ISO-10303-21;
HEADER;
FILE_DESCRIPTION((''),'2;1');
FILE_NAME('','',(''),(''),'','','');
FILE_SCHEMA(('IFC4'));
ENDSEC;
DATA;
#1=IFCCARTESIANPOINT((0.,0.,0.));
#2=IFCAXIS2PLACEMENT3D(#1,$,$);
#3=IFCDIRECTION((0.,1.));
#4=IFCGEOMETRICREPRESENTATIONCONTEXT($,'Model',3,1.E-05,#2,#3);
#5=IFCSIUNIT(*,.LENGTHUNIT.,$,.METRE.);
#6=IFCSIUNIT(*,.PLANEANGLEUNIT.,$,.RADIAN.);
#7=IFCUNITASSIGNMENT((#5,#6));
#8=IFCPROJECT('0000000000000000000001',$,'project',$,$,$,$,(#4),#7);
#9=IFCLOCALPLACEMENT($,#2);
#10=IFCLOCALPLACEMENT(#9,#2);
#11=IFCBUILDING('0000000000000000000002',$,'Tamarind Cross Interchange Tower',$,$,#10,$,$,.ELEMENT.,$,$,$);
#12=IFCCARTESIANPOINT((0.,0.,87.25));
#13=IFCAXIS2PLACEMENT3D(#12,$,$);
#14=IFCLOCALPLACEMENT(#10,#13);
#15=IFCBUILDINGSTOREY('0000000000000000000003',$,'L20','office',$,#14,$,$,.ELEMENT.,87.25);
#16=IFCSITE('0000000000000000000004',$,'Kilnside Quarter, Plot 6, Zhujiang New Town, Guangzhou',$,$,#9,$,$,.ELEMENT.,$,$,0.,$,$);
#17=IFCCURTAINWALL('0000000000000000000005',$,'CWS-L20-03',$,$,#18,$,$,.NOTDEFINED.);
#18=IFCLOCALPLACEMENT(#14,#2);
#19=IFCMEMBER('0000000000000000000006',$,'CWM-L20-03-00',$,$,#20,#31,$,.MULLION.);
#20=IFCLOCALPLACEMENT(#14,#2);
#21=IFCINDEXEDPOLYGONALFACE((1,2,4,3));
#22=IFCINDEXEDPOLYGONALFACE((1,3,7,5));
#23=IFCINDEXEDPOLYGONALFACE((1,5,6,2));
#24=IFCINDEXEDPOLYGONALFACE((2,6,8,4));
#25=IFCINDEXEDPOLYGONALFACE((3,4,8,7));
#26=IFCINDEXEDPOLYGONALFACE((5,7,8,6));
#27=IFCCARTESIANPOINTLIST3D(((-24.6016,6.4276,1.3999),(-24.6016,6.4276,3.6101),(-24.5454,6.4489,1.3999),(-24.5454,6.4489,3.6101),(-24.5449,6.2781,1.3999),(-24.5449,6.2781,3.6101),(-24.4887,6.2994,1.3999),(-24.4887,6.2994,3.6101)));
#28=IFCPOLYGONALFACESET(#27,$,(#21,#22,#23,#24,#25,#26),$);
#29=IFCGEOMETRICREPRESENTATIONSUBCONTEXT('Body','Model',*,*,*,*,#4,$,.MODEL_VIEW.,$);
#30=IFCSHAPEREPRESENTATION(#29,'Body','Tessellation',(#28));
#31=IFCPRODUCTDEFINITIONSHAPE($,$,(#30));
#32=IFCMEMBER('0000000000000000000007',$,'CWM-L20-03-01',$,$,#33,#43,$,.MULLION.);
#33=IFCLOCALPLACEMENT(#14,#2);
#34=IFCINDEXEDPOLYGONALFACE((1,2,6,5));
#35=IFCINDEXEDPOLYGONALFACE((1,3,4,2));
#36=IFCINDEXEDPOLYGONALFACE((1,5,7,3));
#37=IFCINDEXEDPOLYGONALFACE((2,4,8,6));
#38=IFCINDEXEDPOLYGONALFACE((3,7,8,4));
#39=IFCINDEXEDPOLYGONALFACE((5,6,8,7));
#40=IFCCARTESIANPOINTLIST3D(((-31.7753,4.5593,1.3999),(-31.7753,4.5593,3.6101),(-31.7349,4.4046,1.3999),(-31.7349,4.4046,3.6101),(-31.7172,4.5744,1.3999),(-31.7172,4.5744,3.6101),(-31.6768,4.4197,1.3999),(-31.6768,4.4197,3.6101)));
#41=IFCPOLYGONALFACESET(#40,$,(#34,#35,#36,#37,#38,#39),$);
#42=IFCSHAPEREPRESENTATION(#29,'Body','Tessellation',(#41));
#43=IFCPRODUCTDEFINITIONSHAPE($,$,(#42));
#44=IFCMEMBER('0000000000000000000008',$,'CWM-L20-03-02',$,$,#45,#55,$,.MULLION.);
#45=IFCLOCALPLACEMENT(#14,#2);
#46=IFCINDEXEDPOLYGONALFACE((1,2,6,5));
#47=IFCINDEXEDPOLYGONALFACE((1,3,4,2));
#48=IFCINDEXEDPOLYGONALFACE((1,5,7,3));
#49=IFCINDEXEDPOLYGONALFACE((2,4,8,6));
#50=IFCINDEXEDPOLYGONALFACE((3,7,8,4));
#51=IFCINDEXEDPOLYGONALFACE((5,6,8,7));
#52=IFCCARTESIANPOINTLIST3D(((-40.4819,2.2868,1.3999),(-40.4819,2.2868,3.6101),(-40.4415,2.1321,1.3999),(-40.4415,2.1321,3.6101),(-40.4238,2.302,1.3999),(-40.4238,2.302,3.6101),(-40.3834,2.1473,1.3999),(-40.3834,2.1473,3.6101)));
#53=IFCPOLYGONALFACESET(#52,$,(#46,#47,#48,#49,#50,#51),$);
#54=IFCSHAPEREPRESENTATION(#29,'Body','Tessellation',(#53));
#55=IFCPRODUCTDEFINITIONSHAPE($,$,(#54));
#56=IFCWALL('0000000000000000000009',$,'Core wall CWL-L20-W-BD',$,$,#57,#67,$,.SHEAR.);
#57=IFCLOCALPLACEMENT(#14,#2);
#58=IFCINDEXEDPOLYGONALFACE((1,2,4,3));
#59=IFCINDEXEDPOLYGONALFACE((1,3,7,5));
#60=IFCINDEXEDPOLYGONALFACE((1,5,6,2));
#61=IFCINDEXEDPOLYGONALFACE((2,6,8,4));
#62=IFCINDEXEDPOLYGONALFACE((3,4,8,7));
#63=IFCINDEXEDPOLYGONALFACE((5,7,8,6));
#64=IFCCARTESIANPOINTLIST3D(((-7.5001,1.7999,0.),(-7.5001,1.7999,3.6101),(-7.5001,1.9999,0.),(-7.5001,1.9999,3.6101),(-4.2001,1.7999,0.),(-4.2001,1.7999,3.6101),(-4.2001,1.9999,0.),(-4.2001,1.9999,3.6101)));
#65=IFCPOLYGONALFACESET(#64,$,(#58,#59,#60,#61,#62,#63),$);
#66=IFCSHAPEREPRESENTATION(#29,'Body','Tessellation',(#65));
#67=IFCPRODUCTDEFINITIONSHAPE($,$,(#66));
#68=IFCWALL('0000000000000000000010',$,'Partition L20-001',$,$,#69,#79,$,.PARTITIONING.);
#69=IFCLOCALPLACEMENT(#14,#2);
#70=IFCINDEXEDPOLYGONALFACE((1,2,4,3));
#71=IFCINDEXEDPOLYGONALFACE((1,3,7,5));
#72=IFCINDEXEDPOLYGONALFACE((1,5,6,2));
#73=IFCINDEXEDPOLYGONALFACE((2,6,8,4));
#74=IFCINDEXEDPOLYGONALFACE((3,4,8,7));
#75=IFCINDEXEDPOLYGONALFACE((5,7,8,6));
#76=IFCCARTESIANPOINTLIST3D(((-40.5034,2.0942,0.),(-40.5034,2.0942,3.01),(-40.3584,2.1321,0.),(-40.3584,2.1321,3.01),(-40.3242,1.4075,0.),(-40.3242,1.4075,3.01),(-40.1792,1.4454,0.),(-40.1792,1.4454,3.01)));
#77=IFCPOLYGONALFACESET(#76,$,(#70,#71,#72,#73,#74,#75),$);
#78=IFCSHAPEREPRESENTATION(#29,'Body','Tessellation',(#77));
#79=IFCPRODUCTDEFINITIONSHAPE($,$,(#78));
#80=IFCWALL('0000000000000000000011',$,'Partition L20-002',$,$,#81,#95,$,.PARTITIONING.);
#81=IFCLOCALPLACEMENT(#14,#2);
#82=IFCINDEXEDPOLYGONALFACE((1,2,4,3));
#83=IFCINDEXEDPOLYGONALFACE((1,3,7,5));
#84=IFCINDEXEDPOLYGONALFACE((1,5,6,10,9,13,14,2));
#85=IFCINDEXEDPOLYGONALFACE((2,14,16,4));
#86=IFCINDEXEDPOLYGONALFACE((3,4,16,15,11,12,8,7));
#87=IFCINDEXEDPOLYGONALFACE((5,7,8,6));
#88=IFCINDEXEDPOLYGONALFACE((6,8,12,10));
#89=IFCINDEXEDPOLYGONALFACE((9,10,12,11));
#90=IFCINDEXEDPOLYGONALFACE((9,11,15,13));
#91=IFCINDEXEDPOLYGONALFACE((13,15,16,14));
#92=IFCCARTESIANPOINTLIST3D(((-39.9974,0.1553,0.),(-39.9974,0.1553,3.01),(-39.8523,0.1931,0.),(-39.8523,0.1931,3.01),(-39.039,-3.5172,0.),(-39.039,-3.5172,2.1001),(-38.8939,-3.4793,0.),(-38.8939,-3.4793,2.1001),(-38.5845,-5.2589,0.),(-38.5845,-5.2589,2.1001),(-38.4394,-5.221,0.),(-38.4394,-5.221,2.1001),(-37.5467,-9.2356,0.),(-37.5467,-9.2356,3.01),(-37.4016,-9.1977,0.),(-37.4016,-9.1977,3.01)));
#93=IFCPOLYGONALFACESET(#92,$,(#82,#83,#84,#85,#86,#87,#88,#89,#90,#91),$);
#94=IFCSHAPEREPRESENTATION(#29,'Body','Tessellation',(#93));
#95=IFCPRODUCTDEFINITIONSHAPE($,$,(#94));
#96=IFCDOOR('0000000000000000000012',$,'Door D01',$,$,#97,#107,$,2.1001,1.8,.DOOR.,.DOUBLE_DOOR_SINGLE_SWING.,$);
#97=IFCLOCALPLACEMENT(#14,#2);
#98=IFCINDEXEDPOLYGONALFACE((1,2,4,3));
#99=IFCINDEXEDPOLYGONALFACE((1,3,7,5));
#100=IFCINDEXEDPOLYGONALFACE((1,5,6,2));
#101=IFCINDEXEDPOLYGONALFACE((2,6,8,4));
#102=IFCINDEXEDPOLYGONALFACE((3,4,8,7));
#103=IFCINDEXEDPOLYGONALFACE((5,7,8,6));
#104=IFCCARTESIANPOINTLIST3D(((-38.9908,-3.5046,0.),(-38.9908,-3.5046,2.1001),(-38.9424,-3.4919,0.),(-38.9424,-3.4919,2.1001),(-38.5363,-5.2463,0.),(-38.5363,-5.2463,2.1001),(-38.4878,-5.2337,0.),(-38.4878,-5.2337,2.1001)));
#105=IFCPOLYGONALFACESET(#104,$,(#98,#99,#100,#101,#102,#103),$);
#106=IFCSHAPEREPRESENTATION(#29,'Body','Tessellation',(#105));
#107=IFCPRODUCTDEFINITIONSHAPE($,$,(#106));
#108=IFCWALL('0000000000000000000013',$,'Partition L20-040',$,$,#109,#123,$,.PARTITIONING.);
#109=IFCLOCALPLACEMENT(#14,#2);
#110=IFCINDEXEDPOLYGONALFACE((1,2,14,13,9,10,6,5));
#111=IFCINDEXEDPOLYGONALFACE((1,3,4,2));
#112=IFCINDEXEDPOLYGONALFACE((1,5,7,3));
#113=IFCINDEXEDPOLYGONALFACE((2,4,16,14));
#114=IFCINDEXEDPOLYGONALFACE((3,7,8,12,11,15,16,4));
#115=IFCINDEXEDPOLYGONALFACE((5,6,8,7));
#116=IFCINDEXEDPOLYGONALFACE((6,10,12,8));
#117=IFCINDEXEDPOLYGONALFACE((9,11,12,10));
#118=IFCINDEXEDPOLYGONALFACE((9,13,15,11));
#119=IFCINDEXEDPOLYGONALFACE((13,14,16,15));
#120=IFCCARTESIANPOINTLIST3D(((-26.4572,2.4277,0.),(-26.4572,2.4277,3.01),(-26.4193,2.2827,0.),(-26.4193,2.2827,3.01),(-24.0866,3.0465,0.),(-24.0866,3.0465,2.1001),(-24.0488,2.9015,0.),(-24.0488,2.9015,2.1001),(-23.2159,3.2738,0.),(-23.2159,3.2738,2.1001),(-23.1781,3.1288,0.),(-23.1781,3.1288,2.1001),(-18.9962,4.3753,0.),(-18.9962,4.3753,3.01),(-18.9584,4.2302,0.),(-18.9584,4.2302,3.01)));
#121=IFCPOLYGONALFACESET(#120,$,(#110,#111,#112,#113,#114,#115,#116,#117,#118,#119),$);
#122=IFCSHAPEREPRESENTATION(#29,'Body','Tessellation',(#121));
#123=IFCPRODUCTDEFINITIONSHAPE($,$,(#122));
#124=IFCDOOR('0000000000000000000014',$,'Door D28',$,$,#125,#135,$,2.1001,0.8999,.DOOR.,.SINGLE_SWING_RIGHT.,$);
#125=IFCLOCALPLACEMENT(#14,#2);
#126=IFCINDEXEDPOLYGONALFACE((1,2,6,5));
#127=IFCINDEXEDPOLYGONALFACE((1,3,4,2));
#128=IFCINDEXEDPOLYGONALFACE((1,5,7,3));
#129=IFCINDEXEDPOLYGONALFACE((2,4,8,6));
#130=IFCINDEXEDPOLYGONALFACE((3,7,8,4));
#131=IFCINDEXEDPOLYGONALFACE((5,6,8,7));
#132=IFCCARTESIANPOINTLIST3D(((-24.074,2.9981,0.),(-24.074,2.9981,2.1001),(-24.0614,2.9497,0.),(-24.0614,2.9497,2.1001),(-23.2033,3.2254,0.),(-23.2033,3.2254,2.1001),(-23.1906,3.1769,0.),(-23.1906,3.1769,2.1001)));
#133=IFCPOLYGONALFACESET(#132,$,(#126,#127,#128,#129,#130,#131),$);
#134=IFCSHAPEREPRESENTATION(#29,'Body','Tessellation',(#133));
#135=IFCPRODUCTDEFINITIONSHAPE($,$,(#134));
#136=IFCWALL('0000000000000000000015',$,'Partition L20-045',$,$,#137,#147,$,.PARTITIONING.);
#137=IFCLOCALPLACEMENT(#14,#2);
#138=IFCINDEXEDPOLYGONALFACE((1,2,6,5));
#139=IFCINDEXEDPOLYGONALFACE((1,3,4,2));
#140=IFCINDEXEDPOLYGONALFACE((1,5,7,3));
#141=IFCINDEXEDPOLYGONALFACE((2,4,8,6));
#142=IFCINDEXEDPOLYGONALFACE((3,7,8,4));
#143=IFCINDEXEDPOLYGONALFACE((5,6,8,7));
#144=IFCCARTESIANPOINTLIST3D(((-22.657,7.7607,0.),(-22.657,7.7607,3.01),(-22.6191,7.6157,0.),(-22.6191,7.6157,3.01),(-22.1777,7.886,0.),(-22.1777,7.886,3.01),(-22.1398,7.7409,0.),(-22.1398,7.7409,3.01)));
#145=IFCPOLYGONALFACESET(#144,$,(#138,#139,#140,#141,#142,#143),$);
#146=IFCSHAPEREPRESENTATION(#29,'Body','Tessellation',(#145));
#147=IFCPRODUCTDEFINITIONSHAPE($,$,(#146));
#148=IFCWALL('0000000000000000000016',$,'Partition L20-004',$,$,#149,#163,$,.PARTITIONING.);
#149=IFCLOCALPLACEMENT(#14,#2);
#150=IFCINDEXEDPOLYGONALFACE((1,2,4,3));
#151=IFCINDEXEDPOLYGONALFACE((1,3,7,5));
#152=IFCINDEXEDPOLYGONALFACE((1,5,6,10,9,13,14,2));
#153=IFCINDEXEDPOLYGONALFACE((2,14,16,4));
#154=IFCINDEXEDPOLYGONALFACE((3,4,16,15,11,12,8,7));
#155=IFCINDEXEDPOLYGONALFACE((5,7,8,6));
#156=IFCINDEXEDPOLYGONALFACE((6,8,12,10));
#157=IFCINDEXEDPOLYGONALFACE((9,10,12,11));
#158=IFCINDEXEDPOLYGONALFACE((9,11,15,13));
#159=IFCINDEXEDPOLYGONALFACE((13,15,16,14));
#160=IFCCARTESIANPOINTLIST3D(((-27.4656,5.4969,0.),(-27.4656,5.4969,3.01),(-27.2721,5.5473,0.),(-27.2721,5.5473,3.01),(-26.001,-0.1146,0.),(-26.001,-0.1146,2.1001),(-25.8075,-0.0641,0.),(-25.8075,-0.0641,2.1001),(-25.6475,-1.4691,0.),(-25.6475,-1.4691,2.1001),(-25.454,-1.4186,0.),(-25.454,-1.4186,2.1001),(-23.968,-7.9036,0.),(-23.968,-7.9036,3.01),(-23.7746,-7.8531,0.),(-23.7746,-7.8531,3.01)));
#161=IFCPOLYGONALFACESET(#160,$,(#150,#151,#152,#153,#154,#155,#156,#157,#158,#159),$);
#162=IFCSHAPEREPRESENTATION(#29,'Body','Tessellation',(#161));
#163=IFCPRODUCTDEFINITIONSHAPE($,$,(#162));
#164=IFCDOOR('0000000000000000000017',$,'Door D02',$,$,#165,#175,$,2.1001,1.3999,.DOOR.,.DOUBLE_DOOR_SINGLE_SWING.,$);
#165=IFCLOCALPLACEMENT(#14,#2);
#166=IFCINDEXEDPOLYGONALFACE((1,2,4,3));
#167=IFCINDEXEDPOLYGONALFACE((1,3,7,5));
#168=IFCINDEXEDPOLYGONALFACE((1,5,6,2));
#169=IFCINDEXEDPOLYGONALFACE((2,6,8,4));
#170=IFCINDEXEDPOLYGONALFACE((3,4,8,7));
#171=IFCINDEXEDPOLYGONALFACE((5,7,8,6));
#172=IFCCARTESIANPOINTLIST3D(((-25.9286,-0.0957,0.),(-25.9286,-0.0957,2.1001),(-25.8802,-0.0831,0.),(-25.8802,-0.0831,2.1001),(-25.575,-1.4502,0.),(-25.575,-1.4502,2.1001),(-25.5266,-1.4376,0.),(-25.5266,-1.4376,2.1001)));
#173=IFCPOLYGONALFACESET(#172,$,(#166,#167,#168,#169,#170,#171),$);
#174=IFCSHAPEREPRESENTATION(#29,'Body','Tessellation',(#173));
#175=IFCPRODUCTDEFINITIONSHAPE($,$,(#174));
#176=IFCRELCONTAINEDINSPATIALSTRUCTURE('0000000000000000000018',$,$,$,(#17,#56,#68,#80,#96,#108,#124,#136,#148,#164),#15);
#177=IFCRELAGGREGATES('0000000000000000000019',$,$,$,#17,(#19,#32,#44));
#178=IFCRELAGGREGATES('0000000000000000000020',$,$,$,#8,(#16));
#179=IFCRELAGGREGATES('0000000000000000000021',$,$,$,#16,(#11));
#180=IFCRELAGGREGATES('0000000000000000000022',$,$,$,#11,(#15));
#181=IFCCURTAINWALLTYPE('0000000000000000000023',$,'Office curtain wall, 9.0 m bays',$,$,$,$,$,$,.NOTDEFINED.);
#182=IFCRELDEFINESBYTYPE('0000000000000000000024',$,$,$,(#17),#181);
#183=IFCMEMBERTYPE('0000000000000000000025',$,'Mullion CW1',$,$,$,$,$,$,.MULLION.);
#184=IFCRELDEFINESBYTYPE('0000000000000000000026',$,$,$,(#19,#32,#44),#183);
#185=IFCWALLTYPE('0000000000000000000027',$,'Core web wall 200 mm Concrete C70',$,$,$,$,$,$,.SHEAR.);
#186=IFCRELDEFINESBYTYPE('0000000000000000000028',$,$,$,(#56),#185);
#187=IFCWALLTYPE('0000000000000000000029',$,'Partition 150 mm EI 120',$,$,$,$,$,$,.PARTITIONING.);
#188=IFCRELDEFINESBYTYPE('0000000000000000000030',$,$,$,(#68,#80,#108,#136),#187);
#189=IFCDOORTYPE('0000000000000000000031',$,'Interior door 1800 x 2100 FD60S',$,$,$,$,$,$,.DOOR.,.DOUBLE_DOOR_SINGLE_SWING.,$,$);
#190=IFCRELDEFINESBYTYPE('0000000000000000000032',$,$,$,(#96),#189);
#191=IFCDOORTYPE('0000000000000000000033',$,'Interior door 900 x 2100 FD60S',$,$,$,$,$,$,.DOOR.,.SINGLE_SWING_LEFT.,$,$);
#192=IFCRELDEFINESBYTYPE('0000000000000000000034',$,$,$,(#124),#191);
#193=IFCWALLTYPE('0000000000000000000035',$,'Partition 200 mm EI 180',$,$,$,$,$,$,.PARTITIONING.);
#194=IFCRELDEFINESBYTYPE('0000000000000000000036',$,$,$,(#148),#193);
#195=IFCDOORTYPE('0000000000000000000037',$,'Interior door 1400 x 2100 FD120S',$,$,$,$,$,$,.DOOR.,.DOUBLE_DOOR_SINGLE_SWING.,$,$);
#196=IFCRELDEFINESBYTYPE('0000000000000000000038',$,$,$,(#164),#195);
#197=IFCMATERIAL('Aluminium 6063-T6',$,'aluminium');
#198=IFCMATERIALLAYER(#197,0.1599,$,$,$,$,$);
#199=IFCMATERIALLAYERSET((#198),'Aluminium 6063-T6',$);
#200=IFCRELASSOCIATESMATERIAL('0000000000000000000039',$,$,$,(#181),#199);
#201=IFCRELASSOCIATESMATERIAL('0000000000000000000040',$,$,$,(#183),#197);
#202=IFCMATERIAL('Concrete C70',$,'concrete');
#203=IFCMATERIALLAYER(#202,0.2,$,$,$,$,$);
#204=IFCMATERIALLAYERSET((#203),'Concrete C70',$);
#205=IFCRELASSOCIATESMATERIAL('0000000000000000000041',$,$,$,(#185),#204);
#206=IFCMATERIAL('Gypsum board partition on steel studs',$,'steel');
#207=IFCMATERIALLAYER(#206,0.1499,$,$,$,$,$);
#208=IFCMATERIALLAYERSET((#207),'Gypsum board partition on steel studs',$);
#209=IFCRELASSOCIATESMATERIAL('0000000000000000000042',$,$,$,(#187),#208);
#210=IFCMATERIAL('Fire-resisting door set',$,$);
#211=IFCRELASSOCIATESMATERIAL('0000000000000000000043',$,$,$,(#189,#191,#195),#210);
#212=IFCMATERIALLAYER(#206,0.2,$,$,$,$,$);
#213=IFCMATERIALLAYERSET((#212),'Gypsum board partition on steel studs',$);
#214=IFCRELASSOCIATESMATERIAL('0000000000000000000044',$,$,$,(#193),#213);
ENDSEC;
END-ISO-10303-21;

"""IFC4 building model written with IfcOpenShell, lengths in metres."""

from ifc_helpers import new_model, si_unit, direction, frame, frame_2d, origin, origin_2d, place, context, subcontext, project, spatial, rectangle, extrude, material, layer, layer_set, material_profile, profile_set, type_object, element, fill, aggregate, save


model = new_model("IFC4")

# Units and contexts
model_context = context("Model", 3, precision=1e-05, world=origin(), true_north=direction((0.0, 1.0)))
body_context = subcontext(model_context, "Body", "Model", "MODEL_VIEW")
ifc_project = project(units=[si_unit("LENGTHUNIT", "METRE"), si_unit("PLANEANGLEUNIT", "RADIAN")], contexts=[model_context])

# Site, building, storey
site_placement = place(None, origin())
site = spatial("IfcSite", under=ifc_project, at=site_placement, Name="Kilnside Quarter, Plot 6, Zhujiang New Town, Guangzhou", CompositionType="ELEMENT", RefElevation=0.0)
building_placement = place(site_placement, origin())
building = spatial("IfcBuilding", under=site, at=building_placement, Name="Tamarind Cross Interchange Tower", CompositionType="ELEMENT")
storey_placement = place(building_placement, frame((0.0, 0.0, 87.25)))
storey = spatial("IfcBuildingStorey", under=building, at=storey_placement, Name="L20", Description="office", CompositionType="ELEMENT", Elevation=87.25)

# Curtain wall, members
ifc_material_1 = material(Name="Aluminium 6063-T6", Category="aluminium")
ifc_layer_1 = layer(ifc_material_1, 0.1599)
ifc_layer_set_1 = layer_set([ifc_layer_1], Name="Aluminium 6063-T6")
curtain_wall_type = type_object("IfcCurtainWallType", Name="Office curtain wall, 9.0 m bays", PredefinedType="NOTDEFINED", material=ifc_layer_set_1)
curtain_wall_placement = place(storey_placement, origin())
curtain_wall = element("IfcCurtainWall", 1, at=curtain_wall_placement, inside=storey, type_object=curtain_wall_type, Name="CWS-L20-03", PredefinedType="NOTDEFINED")
ifc_material_profile_1 = material_profile(ifc_material_1, rectangle(XDim=0.0601, YDim=0.1599, at=origin_2d()), Name="Mullion CW1")
ifc_profile_set_1 = profile_set([ifc_material_profile_1], Name="Aluminium 6063-T6")
member_type = type_object("IfcMemberType", Name="Mullion CW1", PredefinedType="MULLION", material=ifc_profile_set_1)
member_1_placement = place(storey_placement, frame((-24.5452, 6.3635, 1.3999), z_axis=(0.0, 0.0, 1.0), x_axis=(-0.935031, -0.354566, 0.0)))
member_1 = element("IfcMember", 2, at=member_1_placement, type_object=member_type, Name="CWM-L20-03-00", PredefinedType="MULLION", context=body_context, shape_type="SweptSolid", body=[
    extrude(rectangle(XDim=0.0601, YDim=0.1599, at=origin_2d()), origin(), (0.0, 0.0, 1.0), 2.2102),
])
member_2_placement = place(storey_placement, frame((-31.7261, 4.4895, 1.3999), z_axis=(0.0, 0.0, 1.0), x_axis=(-0.967589, -0.252529, 0.0)))
member_2 = element("IfcMember", 3, at=member_2_placement, type_object=member_type, Name="CWM-L20-03-01", PredefinedType="MULLION", context=body_context, shape_type="SweptSolid", body=[
    extrude(rectangle(XDim=0.0601, YDim=0.1599, at=origin_2d()), origin(), (0.0, 0.0, 1.0), 2.2102),
])
member_3_placement = place(storey_placement, frame((-40.4326, 2.217, 1.3999), z_axis=(0.0, 0.0, 1.0), x_axis=(-0.967589, -0.252529, 0.0)))
member_3 = element("IfcMember", 4, at=member_3_placement, type_object=member_type, Name="CWM-L20-03-02", PredefinedType="MULLION", context=body_context, shape_type="SweptSolid", body=[
    extrude(rectangle(XDim=0.0601, YDim=0.1599, at=origin_2d()), origin(), (0.0, 0.0, 1.0), 2.2102),
])
aggregate(curtain_wall, [member_1, member_2, member_3])

# Walls
ifc_material_2 = material(Name="Concrete C70", Category="concrete")
ifc_layer_2 = layer(ifc_material_2, 0.2)
ifc_layer_set_2 = layer_set([ifc_layer_2], Name="Concrete C70")
wall_type_1 = type_object("IfcWallType", Name="Core web wall 200 mm Concrete C70", PredefinedType="SHEAR", material=ifc_layer_set_2)
wall_1_placement = place(storey_placement, frame((-7.5, 1.8999, 0.0), z_axis=(0.0, 0.0, 1.0), x_axis=(1.0, 0.0, 0.0)))
element("IfcWall", 5, at=wall_1_placement, inside=storey, type_object=wall_type_1, Name="Core wall CWL-L20-W-BD", PredefinedType="SHEAR", context=body_context, shape_type="SweptSolid", body=[
    extrude(rectangle(XDim=3.3, YDim=0.2, at=frame_2d((1.6499, 0.0))), origin(), (0.0, 0.0, 1.0), 3.6101),
])
ifc_material_3 = material(Name="Gypsum board partition on steel studs", Category="steel")
ifc_layer_3 = layer(ifc_material_3, 0.1499)
ifc_layer_set_3 = layer_set([ifc_layer_3], Name="Gypsum board partition on steel studs")
wall_type_2 = type_object("IfcWallType", Name="Partition 150 mm EI 120", PredefinedType="PARTITIONING", material=ifc_layer_set_3)
wall_2_placement = place(storey_placement, frame((-40.4309, 2.1133, 0.0), z_axis=(0.0, 0.0, 1.0), x_axis=(0.252478, -0.967603, 0.0)))
element("IfcWall", 6, at=wall_2_placement, inside=storey, type_object=wall_type_2, Name="Partition L20-001", PredefinedType="PARTITIONING", context=body_context, shape_type="SweptSolid", body=[
    extrude(rectangle(XDim=0.7097, YDim=0.1499, at=frame_2d((0.355, 0.0))), origin(), (0.0, 0.0, 1.0), 3.01),
])

# Walls, openings, doors
wall_3_placement = place(storey_placement, frame((-39.9248, 0.1741, 0.0), z_axis=(0.0, 0.0, 1.0), x_axis=(0.252508, -0.967595, 0.0)))
wall_3 = element("IfcWall", 7, at=wall_3_placement, inside=storey, type_object=wall_type_2, Name="Partition L20-002", PredefinedType="PARTITIONING", context=body_context, shape_type="SweptSolid", body=[
    extrude(rectangle(XDim=9.7053, YDim=0.1499, at=frame_2d((4.8525, 0.0))), origin(), (0.0, 0.0, 1.0), 3.01),
])
opening_1_placement = place(wall_3_placement, frame((3.7954, 0.0, 0.0)))
opening_1 = element("IfcOpeningElement", 8, at=opening_1_placement, cuts=wall_3, PredefinedType="OPENING", context=body_context, shape_type="SweptSolid", body=[
    extrude(rectangle(XDim=1.8, YDim=2.1001, at=frame_2d((0.8999, 1.05))), frame((0.0, 0.085, 0.0), z_axis=(0.0, -1.0, 0.0), x_axis=(1.0, 0.0, 0.0)), (0.0, 0.0, 1.0), 0.1699),
])
ifc_material_4 = material(Name="Fire-resisting door set")
door_type_1 = type_object("IfcDoorType", Name="Interior door 1800 x 2100 FD60S", OperationType="DOUBLE_DOOR_SINGLE_SWING", PredefinedType="DOOR", material=ifc_material_4)
door_1_placement = place(opening_1_placement, origin())
door_1 = element("IfcDoor", 9, at=door_1_placement, inside=storey, type_object=door_type_1, Name="Door D01", OperationType="DOUBLE_DOOR_SINGLE_SWING", OverallHeight=2.1001, OverallWidth=1.8, PredefinedType="DOOR", context=body_context, shape_type="SweptSolid", body=[
    extrude(rectangle(XDim=1.8, YDim=2.1001, at=frame_2d((0.8999, 1.05))), frame((0.0, 0.0249, 0.0), z_axis=(0.0, -1.0, 0.0), x_axis=(1.0, 0.0, 0.0)), (0.0, 0.0, 1.0), 0.05),
])
fill(opening_1, door_1)
wall_4_placement = place(storey_placement, frame((-26.4382, 2.3552, 0.0), z_axis=(0.0, 0.0, 1.0), x_axis=(0.96758, 0.252565, 0.0)))
wall_4 = element("IfcWall", 10, at=wall_4_placement, inside=storey, type_object=wall_type_2, Name="Partition L20-040", PredefinedType="PARTITIONING", context=body_context, shape_type="SweptSolid", body=[
    extrude(rectangle(XDim=7.7109, YDim=0.1499, at=frame_2d((3.8555, 0.0))), origin(), (0.0, 0.0, 1.0), 3.01),
])
opening_2_placement = place(wall_4_placement, frame((2.45, 0.0, 0.0)))
opening_2 = element("IfcOpeningElement", 11, at=opening_2_placement, cuts=wall_4, PredefinedType="OPENING", context=body_context, shape_type="SweptSolid", body=[
    extrude(rectangle(XDim=0.8999, YDim=2.1001, at=frame_2d((0.45, 1.05))), frame((0.0, 0.085, 0.0), z_axis=(0.0, -1.0, 0.0), x_axis=(1.0, 0.0, 0.0)), (0.0, 0.0, 1.0), 0.1699),
])
door_type_2 = type_object("IfcDoorType", Name="Interior door 900 x 2100 FD60S", OperationType="SINGLE_SWING_LEFT", PredefinedType="DOOR", material=ifc_material_4)
door_2_placement = place(opening_2_placement, origin())
door_2 = element("IfcDoor", 12, at=door_2_placement, inside=storey, type_object=door_type_2, Name="Door D28", OperationType="SINGLE_SWING_RIGHT", OverallHeight=2.1001, OverallWidth=0.8999, PredefinedType="DOOR", context=body_context, shape_type="SweptSolid", body=[
    extrude(rectangle(XDim=0.8999, YDim=2.1001, at=frame_2d((0.45, 1.05))), frame((0.0, 0.0249, 0.0), z_axis=(0.0, -1.0, 0.0), x_axis=(1.0, 0.0, 0.0)), (0.0, 0.0, 1.0), 0.05),
])
fill(opening_2, door_2)

# Wall
wall_5_placement = place(storey_placement, frame((-22.6379, 7.6882, 0.0), z_axis=(0.0, 0.0, 1.0), x_axis=(0.967507, 0.252843, 0.0)))
element("IfcWall", 13, at=wall_5_placement, inside=storey, type_object=wall_type_2, Name="Partition L20-045", PredefinedType="PARTITIONING", context=body_context, shape_type="SweptSolid", body=[
    extrude(rectangle(XDim=0.4954, YDim=0.1499, at=frame_2d((0.2476, 0.0))), origin(), (0.0, 0.0, 1.0), 3.01),
])

# Wall, opening, door
ifc_layer_4 = layer(ifc_material_3, 0.2)
ifc_layer_set_4 = layer_set([ifc_layer_4], Name="Gypsum board partition on steel studs")
wall_type_3 = type_object("IfcWallType", Name="Partition 200 mm EI 180", PredefinedType="PARTITIONING", material=ifc_layer_set_4)
wall_6_placement = place(storey_placement, frame((-27.3689, 5.5222, 0.0), z_axis=(0.0, 0.0, 1.0), x_axis=(0.252544, -0.967585, 0.0)))
wall_6 = element("IfcWall", 14, at=wall_6_placement, inside=storey, type_object=wall_type_3, Name="Partition L20-004", PredefinedType="PARTITIONING", context=body_context, shape_type="SweptSolid", body=[
    extrude(rectangle(XDim=13.8494, YDim=0.2, at=frame_2d((6.9248, 0.0))), origin(), (0.0, 0.0, 1.0), 3.01),
])
opening_3_placement = place(wall_6_placement, frame((5.7996, 0.0, 0.0)))
opening_3 = element("IfcOpeningElement", 15, at=opening_3_placement, cuts=wall_6, PredefinedType="OPENING", context=body_context, shape_type="SweptSolid", body=[
    extrude(rectangle(XDim=1.3999, YDim=2.1001, at=frame_2d((0.7, 1.05))), frame((0.0, 0.1099, 0.0), z_axis=(0.0, -1.0, 0.0), x_axis=(1.0, 0.0, 0.0)), (0.0, 0.0, 1.0), 0.22),
])
door_type_3 = type_object("IfcDoorType", Name="Interior door 1400 x 2100 FD120S", OperationType="DOUBLE_DOOR_SINGLE_SWING", PredefinedType="DOOR", material=ifc_material_4)
door_3_placement = place(opening_3_placement, origin())
door_3 = element("IfcDoor", 16, at=door_3_placement, inside=storey, type_object=door_type_3, Name="Door D02", OperationType="DOUBLE_DOOR_SINGLE_SWING", OverallHeight=2.1001, OverallWidth=1.3999, PredefinedType="DOOR", context=body_context, shape_type="SweptSolid", body=[
    extrude(rectangle(XDim=1.3999, YDim=2.1001, at=frame_2d((0.7, 1.05))), frame((0.0, 0.0249, 0.0), z_axis=(0.0, -1.0, 0.0), x_axis=(1.0, 0.0, 0.0)), (0.0, 0.0, 1.0), 0.05),
])
fill(opening_3, door_3)

save(model, "model.ifc")
